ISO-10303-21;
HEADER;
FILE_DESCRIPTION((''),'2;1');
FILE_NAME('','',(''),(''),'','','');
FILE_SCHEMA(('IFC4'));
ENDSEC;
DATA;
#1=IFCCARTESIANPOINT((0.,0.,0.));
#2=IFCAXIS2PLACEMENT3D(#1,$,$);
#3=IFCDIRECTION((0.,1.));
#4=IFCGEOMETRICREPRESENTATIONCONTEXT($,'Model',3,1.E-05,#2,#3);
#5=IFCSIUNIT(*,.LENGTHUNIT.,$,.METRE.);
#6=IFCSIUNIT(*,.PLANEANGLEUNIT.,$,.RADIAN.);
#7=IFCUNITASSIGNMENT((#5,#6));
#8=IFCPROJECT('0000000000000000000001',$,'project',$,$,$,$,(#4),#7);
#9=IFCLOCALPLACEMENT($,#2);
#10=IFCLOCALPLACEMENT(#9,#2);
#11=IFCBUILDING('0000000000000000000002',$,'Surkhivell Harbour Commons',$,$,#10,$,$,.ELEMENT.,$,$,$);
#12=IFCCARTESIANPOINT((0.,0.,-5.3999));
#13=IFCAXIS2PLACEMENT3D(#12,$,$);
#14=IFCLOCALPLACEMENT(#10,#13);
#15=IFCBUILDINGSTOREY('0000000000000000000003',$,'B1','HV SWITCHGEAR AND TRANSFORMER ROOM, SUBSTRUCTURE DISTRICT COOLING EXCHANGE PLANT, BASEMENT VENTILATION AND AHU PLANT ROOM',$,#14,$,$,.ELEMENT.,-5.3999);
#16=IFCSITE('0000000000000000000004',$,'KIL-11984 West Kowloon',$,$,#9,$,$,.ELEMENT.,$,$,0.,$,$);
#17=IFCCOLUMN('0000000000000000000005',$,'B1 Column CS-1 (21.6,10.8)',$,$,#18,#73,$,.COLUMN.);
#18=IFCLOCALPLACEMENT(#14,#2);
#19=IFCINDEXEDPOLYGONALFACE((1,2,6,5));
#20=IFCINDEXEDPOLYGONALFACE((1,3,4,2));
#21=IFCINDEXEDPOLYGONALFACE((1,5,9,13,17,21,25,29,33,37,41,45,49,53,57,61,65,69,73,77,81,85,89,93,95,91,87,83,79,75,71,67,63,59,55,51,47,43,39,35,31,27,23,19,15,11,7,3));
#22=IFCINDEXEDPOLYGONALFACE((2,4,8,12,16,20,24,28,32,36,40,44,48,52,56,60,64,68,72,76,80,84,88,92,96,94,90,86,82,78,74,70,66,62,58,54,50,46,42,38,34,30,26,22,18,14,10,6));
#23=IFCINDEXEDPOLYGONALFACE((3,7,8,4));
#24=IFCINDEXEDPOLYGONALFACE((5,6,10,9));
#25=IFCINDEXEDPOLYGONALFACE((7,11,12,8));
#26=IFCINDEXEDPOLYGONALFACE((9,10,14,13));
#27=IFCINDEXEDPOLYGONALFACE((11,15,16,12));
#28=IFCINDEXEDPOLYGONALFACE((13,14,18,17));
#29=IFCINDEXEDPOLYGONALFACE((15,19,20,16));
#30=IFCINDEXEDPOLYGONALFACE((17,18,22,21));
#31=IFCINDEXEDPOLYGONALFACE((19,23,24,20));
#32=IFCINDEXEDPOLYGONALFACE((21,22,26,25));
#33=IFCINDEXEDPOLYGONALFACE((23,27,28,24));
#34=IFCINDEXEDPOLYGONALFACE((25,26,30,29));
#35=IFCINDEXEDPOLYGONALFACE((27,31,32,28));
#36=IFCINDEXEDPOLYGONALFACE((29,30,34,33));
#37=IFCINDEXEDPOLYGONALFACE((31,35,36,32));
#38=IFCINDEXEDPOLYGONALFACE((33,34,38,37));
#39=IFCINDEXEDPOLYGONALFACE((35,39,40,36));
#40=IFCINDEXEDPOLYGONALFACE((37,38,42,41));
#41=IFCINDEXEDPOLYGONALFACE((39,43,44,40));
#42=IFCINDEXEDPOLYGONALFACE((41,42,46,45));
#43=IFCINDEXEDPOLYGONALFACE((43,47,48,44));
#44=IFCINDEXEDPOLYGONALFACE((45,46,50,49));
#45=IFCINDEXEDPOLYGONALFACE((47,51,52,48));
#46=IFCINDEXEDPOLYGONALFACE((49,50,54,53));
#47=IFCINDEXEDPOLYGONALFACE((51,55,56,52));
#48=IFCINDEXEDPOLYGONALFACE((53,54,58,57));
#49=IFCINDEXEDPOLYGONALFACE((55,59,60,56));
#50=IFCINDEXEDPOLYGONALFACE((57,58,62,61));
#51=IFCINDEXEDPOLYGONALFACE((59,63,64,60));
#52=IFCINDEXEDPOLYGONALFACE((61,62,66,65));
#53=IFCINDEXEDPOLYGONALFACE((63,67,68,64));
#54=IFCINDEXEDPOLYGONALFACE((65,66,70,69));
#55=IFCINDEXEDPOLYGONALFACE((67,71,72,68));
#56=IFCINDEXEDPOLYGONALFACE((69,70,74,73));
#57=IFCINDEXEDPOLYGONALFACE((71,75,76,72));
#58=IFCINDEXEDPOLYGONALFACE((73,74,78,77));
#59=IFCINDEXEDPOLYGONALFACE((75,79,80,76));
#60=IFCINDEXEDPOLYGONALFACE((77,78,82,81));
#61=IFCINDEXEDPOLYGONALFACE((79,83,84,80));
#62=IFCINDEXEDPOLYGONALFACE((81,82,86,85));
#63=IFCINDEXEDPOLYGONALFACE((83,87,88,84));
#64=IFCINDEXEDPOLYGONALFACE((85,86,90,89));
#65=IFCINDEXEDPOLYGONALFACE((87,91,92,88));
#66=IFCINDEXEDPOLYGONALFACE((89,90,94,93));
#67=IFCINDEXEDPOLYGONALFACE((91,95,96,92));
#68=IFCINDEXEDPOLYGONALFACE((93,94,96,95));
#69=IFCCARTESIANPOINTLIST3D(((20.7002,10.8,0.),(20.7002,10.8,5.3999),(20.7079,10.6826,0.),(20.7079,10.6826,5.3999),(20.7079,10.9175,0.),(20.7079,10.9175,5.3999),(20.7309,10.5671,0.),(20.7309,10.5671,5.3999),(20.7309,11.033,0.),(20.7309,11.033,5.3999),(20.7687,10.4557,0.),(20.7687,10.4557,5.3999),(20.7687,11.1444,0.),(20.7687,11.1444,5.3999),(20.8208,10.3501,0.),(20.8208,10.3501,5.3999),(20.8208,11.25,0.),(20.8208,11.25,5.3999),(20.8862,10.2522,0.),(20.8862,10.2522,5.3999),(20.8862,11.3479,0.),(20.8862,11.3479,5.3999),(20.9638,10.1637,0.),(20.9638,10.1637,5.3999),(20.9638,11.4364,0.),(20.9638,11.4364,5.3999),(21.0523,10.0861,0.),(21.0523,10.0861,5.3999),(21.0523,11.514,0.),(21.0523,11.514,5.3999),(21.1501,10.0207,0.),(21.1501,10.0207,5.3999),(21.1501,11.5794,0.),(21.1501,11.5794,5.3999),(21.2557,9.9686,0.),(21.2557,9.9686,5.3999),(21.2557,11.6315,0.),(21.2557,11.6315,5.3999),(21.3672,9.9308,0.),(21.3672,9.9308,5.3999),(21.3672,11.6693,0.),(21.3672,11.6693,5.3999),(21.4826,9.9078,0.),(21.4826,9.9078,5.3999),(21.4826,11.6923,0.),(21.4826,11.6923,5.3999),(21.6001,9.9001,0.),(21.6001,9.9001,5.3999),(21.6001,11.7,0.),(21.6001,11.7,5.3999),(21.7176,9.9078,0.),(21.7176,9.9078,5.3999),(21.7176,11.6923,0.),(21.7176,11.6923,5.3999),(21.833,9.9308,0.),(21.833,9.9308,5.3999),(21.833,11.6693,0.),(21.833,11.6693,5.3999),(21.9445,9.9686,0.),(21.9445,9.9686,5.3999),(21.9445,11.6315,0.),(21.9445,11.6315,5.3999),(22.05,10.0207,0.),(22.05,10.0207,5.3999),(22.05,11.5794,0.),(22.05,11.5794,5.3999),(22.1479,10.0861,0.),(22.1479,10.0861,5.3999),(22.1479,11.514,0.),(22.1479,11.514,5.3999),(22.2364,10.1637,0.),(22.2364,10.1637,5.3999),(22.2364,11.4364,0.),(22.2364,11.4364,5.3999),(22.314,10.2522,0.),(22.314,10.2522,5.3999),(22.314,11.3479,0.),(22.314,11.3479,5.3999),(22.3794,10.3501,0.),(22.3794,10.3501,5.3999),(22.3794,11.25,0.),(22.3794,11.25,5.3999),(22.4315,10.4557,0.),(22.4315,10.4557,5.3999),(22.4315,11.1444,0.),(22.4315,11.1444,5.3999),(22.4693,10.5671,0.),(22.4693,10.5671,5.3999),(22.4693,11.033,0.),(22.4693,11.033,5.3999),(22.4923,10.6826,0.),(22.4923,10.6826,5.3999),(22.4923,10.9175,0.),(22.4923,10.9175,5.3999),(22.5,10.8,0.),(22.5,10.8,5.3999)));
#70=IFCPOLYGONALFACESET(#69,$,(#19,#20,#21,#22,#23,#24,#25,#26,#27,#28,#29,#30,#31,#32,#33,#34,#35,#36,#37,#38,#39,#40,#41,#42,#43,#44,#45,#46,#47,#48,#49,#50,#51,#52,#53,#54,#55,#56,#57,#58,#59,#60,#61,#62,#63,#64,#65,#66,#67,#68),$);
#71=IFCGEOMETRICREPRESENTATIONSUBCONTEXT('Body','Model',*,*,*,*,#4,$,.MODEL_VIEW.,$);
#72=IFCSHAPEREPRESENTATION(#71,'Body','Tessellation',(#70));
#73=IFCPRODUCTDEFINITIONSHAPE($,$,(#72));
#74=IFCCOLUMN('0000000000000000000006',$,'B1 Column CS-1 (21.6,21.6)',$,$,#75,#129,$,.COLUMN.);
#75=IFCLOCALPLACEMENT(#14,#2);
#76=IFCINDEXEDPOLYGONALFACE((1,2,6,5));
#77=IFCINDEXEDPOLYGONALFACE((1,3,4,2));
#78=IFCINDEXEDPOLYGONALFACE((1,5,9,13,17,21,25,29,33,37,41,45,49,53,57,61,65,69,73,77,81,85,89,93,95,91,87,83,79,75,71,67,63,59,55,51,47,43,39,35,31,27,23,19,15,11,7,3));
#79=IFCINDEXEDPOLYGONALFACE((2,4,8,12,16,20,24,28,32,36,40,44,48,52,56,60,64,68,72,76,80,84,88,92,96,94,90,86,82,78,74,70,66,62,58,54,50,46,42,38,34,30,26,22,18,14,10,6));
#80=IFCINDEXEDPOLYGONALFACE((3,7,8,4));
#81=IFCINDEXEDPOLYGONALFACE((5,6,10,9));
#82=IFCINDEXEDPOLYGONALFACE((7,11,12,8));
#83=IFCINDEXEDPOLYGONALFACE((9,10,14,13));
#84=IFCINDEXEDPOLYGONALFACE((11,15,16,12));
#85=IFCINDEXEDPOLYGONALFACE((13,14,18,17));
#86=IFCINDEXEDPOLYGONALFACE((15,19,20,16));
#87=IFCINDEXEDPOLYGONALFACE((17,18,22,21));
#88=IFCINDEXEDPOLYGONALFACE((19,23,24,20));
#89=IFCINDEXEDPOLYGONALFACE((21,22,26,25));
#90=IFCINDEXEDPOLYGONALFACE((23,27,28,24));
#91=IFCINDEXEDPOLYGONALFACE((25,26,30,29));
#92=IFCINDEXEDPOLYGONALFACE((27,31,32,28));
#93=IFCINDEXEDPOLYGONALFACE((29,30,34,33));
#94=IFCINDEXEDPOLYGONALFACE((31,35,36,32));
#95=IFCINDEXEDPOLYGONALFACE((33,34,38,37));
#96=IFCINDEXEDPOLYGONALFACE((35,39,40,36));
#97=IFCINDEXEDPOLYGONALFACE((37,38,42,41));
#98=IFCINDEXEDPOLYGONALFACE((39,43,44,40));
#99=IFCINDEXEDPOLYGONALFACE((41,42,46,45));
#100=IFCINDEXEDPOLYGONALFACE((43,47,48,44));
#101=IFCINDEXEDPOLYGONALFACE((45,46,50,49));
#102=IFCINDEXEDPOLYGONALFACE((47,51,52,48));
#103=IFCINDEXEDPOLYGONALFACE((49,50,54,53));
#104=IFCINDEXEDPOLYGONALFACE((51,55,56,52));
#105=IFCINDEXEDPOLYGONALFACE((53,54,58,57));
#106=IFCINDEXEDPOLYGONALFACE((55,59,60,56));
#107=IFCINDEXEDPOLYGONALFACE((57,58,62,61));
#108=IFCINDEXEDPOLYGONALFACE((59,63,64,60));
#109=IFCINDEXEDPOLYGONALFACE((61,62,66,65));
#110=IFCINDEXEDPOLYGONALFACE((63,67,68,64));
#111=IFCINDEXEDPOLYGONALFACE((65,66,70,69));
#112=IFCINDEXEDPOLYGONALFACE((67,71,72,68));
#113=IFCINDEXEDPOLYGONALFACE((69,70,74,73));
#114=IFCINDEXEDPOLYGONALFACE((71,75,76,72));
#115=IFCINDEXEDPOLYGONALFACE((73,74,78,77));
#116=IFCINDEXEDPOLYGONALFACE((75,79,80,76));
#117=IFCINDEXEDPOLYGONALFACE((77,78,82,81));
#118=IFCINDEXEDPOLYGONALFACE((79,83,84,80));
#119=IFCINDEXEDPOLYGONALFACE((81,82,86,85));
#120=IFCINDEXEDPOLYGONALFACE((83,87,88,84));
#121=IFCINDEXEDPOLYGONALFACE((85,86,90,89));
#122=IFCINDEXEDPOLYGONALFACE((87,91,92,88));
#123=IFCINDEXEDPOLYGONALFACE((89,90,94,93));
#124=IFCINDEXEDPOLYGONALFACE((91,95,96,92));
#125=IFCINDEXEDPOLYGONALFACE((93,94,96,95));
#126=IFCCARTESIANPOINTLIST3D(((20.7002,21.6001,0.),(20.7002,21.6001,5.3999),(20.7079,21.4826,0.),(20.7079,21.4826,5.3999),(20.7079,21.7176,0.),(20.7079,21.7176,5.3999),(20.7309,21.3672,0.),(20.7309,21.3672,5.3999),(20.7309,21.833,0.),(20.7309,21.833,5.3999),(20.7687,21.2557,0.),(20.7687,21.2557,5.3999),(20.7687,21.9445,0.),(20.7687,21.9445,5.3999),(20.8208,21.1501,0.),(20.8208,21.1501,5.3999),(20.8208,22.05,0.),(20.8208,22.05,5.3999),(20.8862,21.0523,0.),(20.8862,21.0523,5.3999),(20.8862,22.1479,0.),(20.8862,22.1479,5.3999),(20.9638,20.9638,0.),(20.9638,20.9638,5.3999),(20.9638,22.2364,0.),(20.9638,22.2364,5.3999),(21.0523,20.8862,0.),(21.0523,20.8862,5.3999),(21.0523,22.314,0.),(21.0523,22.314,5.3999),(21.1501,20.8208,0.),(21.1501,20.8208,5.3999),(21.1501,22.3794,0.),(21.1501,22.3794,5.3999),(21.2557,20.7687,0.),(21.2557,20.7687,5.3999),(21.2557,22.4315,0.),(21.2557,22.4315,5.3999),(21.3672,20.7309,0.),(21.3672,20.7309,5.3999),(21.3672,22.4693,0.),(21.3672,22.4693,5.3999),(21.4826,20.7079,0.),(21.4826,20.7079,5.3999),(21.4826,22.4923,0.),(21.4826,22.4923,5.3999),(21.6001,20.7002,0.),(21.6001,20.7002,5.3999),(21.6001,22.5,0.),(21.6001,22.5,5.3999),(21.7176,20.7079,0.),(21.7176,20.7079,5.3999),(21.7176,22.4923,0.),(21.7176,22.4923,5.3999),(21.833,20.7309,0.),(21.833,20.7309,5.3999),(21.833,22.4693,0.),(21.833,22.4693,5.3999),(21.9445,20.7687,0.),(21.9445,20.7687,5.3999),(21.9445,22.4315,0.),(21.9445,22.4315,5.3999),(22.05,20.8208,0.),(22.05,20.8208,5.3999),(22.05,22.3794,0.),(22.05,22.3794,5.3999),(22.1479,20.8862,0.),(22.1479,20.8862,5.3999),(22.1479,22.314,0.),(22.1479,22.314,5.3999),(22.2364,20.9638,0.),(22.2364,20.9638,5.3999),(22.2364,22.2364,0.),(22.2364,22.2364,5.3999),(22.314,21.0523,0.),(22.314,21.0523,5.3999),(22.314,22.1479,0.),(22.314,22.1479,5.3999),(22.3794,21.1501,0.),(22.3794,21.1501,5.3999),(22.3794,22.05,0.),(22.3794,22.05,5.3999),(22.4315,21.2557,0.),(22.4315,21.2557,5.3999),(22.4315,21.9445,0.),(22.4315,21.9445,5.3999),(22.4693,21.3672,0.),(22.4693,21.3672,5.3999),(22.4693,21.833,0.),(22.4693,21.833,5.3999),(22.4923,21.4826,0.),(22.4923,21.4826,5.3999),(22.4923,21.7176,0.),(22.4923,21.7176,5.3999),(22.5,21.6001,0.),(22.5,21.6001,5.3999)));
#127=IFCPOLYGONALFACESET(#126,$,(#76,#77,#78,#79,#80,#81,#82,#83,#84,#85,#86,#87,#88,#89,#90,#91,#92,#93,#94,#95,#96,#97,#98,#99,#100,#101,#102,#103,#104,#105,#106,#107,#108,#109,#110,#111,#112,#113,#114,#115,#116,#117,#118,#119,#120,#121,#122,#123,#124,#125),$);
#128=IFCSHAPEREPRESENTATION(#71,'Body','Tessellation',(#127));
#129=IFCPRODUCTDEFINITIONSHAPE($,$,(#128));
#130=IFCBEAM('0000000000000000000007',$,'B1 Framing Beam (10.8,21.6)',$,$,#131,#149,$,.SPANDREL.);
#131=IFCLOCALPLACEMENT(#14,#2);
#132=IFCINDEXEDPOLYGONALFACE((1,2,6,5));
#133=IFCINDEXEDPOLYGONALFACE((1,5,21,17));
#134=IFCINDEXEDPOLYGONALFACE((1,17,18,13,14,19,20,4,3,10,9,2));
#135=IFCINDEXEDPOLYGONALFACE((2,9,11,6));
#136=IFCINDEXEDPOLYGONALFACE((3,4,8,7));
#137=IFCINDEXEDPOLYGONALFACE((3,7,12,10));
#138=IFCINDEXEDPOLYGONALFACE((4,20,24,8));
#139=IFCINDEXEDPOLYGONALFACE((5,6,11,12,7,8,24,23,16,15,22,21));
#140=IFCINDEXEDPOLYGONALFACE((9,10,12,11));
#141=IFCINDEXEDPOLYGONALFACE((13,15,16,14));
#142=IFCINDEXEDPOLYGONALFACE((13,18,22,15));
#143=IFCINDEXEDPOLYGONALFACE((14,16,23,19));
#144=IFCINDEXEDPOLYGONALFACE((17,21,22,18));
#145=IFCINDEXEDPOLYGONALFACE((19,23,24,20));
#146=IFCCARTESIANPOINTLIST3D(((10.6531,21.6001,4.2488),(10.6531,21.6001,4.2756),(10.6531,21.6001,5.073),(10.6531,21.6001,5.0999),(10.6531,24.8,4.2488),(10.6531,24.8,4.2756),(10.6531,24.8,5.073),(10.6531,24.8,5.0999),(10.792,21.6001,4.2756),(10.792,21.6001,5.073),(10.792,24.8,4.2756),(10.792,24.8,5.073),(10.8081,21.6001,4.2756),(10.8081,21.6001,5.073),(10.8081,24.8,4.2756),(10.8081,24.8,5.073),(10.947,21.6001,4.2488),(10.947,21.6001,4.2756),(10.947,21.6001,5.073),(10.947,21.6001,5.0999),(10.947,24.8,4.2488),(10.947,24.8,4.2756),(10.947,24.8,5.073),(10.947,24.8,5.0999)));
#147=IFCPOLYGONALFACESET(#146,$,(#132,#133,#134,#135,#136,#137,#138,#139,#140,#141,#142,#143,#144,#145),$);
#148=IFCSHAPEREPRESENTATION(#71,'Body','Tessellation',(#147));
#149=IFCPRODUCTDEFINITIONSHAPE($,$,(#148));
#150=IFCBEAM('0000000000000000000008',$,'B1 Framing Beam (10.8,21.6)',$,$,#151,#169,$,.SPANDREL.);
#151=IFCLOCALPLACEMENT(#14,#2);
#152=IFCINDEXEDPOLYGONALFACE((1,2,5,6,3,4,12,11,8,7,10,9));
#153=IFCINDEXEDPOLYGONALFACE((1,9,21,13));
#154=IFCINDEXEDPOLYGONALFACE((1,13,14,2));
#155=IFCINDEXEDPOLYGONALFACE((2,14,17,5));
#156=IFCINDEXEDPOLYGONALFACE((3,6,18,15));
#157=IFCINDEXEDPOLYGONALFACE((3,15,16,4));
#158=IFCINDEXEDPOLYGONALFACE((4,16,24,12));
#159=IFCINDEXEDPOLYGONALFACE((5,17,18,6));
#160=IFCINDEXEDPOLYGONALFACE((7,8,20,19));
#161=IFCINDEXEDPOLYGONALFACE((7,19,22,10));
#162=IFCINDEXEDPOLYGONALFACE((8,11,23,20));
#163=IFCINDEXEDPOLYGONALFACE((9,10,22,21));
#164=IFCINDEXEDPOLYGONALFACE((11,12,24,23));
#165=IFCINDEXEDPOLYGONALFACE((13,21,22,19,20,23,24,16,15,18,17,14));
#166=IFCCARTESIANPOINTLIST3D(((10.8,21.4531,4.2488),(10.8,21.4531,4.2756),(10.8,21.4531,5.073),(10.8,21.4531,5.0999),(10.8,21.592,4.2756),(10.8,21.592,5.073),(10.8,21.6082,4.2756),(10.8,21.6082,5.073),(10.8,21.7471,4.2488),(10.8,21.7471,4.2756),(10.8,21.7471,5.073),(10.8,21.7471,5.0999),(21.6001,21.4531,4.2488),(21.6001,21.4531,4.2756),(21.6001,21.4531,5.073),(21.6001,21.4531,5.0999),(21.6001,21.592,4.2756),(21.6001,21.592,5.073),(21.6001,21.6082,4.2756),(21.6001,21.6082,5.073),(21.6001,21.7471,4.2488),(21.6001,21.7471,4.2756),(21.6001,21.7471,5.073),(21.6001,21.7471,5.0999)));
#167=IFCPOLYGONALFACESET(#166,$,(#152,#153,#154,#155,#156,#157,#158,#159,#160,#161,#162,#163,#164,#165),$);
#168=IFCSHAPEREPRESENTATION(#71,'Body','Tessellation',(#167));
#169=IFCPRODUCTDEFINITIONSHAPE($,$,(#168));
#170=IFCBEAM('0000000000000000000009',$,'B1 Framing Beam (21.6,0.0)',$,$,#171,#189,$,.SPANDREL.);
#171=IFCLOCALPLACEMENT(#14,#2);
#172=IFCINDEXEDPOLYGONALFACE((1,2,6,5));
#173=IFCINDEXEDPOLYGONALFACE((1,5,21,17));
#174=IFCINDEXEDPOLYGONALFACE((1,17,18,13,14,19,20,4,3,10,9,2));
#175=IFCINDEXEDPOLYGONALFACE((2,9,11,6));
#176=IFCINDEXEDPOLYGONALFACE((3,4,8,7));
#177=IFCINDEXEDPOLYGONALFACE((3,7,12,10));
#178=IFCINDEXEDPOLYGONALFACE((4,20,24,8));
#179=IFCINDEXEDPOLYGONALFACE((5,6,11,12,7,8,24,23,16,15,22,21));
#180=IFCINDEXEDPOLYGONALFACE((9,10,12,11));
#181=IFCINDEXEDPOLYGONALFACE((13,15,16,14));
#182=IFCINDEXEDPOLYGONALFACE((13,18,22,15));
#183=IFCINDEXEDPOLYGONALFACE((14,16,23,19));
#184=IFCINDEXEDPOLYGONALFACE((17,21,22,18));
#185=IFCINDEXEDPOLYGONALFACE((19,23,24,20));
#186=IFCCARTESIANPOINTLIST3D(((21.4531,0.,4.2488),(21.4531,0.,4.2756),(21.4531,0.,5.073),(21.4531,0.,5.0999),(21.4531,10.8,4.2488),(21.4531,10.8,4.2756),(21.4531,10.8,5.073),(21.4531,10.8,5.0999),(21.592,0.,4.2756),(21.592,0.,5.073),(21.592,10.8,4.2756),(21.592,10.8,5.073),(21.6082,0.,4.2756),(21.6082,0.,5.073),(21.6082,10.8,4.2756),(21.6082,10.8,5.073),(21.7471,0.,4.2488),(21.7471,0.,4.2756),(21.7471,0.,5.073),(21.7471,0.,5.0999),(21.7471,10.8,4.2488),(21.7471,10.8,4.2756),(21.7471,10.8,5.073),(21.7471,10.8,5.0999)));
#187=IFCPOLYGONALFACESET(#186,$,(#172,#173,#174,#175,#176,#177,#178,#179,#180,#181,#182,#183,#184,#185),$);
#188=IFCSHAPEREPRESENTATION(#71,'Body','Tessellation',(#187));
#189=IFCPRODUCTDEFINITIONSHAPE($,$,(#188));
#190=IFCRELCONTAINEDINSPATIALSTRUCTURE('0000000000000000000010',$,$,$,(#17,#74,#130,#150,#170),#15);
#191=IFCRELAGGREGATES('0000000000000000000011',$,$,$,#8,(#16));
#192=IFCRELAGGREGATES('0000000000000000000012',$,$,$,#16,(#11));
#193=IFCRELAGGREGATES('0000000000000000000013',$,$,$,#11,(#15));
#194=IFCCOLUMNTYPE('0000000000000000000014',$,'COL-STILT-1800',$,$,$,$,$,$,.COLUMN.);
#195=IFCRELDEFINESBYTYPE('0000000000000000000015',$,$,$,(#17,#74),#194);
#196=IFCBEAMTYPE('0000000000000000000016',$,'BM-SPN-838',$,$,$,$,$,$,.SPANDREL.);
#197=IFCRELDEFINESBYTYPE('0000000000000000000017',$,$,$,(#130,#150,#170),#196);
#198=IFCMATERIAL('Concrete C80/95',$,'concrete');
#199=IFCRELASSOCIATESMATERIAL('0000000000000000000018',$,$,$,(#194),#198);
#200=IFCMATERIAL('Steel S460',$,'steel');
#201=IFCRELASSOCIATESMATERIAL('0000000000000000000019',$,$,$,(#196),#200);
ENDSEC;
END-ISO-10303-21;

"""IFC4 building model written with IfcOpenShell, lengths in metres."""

from ifc_helpers import new_model, si_unit, direction, frame, origin, origin_2d, place, context, subcontext, project, spatial, circle, i_section, extrude, material, material_profile, profile_set, type_object, element, save


model = new_model("IFC4")

# Units and contexts
model_context = context("Model", 3, precision=1e-05, world=origin(), true_north=direction((0.0, 1.0)))
body_context = subcontext(model_context, "Body", "Model", "MODEL_VIEW")
ifc_project = project(units=[si_unit("LENGTHUNIT", "METRE"), si_unit("PLANEANGLEUNIT", "RADIAN")], contexts=[model_context])

# Site, building, storey
site_placement = place(None, origin())
site = spatial("IfcSite", under=ifc_project, at=site_placement, Name="KIL-11984 West Kowloon", CompositionType="ELEMENT", RefElevation=0.0)
building_placement = place(site_placement, origin())
building = spatial("IfcBuilding", under=site, at=building_placement, Name="Surkhivell Harbour Commons", CompositionType="ELEMENT")
storey_placement = place(building_placement, frame((0.0, 0.0, -5.3999)))
storey = spatial("IfcBuildingStorey", under=building, at=storey_placement, Name="B1", Description="HV SWITCHGEAR AND TRANSFORMER ROOM, SUBSTRUCTURE DISTRICT COOLING EXCHANGE PLANT, BASEMENT VENTILATION AND AHU PLANT ROOM", CompositionType="ELEMENT", Elevation=-5.3999)

# Columns
ifc_material_1 = material(Name="Concrete C80/95", Category="concrete")
ifc_material_profile_1 = material_profile(ifc_material_1, circle(Radius=0.8999, at=origin_2d()), Name="RC-CIRC-1800")
ifc_profile_set_1 = profile_set([ifc_material_profile_1], Name="Concrete C80/95")
column_type_1 = type_object("IfcColumnType", Name="COL-STILT-1800", PredefinedType="COLUMN", material=ifc_profile_set_1)
for number, where, z_axis, x_axis, name in (
    (1, (21.6001, 10.8, 0.0), (0.0, 0.0, 1.0), (1.0, 0.0, 0.0), "B1 Column CS-1 (21.6,10.8)"),
    (2, (21.6001, 21.6001, 0.0), (0.0, 0.0, 1.0), (1.0, 0.0, 0.0), "B1 Column CS-1 (21.6,21.6)"),
):
    element("IfcColumn", number, at=place(storey_placement, frame(where, z_axis=z_axis, x_axis=x_axis)), inside=storey, type_object=column_type_1, Name=name, PredefinedType="COLUMN", context=body_context, shape_type="SweptSolid", body=[
        extrude(circle(Radius=0.8999, at=origin_2d()), origin(), (0.0, 0.0, 1.0), 5.3999),
    ])

# Beams
ifc_material_2 = material(Name="Steel S460", Category="steel")
ifc_material_profile_2 = material_profile(ifc_material_2, i_section(OverallWidth=0.2939, OverallDepth=0.8511, WebThickness=0.0161, FlangeThickness=0.0269, at=origin_2d()), Name="UB838x292x226")
ifc_profile_set_2 = profile_set([ifc_material_profile_2], Name="Steel S460")
beam_type = type_object("IfcBeamType", Name="BM-SPN-838", PredefinedType="SPANDREL", material=ifc_profile_set_2)
beam_1_placement = place(storey_placement, frame((10.8, 21.6001, 4.6743), z_axis=(0.0, 1.0, 0.0), x_axis=(-1.0, 0.0, 0.0)))
element("IfcBeam", 3, at=beam_1_placement, inside=storey, type_object=beam_type, Name="B1 Framing Beam (10.8,21.6)", PredefinedType="SPANDREL", context=body_context, shape_type="SweptSolid", body=[
    extrude(i_section(OverallWidth=0.2939, OverallDepth=0.8511, WebThickness=0.0161, FlangeThickness=0.0269, at=origin_2d()), origin(), (0.0, 0.0, 1.0), 3.2),
])
for number, where, z_axis, x_axis, name in (
    (4, (10.8, 21.6001, 4.6743), (1.0, 0.0, 0.0), (0.0, 1.0, 0.0), "B1 Framing Beam (10.8,21.6)"),
    (5, (21.6001, 0.0, 4.6743), (0.0, 1.0, 0.0), (-1.0, 0.0, 0.0), "B1 Framing Beam (21.6,0.0)"),
):
    element("IfcBeam", number, at=place(storey_placement, frame(where, z_axis=z_axis, x_axis=x_axis)), inside=storey, type_object=beam_type, Name=name, PredefinedType="SPANDREL", context=body_context, shape_type="SweptSolid", body=[
        extrude(i_section(OverallWidth=0.2939, OverallDepth=0.8511, WebThickness=0.0161, FlangeThickness=0.0269, at=origin_2d()), origin(), (0.0, 0.0, 1.0), 10.8),
    ])

save(model, "model.ifc")
